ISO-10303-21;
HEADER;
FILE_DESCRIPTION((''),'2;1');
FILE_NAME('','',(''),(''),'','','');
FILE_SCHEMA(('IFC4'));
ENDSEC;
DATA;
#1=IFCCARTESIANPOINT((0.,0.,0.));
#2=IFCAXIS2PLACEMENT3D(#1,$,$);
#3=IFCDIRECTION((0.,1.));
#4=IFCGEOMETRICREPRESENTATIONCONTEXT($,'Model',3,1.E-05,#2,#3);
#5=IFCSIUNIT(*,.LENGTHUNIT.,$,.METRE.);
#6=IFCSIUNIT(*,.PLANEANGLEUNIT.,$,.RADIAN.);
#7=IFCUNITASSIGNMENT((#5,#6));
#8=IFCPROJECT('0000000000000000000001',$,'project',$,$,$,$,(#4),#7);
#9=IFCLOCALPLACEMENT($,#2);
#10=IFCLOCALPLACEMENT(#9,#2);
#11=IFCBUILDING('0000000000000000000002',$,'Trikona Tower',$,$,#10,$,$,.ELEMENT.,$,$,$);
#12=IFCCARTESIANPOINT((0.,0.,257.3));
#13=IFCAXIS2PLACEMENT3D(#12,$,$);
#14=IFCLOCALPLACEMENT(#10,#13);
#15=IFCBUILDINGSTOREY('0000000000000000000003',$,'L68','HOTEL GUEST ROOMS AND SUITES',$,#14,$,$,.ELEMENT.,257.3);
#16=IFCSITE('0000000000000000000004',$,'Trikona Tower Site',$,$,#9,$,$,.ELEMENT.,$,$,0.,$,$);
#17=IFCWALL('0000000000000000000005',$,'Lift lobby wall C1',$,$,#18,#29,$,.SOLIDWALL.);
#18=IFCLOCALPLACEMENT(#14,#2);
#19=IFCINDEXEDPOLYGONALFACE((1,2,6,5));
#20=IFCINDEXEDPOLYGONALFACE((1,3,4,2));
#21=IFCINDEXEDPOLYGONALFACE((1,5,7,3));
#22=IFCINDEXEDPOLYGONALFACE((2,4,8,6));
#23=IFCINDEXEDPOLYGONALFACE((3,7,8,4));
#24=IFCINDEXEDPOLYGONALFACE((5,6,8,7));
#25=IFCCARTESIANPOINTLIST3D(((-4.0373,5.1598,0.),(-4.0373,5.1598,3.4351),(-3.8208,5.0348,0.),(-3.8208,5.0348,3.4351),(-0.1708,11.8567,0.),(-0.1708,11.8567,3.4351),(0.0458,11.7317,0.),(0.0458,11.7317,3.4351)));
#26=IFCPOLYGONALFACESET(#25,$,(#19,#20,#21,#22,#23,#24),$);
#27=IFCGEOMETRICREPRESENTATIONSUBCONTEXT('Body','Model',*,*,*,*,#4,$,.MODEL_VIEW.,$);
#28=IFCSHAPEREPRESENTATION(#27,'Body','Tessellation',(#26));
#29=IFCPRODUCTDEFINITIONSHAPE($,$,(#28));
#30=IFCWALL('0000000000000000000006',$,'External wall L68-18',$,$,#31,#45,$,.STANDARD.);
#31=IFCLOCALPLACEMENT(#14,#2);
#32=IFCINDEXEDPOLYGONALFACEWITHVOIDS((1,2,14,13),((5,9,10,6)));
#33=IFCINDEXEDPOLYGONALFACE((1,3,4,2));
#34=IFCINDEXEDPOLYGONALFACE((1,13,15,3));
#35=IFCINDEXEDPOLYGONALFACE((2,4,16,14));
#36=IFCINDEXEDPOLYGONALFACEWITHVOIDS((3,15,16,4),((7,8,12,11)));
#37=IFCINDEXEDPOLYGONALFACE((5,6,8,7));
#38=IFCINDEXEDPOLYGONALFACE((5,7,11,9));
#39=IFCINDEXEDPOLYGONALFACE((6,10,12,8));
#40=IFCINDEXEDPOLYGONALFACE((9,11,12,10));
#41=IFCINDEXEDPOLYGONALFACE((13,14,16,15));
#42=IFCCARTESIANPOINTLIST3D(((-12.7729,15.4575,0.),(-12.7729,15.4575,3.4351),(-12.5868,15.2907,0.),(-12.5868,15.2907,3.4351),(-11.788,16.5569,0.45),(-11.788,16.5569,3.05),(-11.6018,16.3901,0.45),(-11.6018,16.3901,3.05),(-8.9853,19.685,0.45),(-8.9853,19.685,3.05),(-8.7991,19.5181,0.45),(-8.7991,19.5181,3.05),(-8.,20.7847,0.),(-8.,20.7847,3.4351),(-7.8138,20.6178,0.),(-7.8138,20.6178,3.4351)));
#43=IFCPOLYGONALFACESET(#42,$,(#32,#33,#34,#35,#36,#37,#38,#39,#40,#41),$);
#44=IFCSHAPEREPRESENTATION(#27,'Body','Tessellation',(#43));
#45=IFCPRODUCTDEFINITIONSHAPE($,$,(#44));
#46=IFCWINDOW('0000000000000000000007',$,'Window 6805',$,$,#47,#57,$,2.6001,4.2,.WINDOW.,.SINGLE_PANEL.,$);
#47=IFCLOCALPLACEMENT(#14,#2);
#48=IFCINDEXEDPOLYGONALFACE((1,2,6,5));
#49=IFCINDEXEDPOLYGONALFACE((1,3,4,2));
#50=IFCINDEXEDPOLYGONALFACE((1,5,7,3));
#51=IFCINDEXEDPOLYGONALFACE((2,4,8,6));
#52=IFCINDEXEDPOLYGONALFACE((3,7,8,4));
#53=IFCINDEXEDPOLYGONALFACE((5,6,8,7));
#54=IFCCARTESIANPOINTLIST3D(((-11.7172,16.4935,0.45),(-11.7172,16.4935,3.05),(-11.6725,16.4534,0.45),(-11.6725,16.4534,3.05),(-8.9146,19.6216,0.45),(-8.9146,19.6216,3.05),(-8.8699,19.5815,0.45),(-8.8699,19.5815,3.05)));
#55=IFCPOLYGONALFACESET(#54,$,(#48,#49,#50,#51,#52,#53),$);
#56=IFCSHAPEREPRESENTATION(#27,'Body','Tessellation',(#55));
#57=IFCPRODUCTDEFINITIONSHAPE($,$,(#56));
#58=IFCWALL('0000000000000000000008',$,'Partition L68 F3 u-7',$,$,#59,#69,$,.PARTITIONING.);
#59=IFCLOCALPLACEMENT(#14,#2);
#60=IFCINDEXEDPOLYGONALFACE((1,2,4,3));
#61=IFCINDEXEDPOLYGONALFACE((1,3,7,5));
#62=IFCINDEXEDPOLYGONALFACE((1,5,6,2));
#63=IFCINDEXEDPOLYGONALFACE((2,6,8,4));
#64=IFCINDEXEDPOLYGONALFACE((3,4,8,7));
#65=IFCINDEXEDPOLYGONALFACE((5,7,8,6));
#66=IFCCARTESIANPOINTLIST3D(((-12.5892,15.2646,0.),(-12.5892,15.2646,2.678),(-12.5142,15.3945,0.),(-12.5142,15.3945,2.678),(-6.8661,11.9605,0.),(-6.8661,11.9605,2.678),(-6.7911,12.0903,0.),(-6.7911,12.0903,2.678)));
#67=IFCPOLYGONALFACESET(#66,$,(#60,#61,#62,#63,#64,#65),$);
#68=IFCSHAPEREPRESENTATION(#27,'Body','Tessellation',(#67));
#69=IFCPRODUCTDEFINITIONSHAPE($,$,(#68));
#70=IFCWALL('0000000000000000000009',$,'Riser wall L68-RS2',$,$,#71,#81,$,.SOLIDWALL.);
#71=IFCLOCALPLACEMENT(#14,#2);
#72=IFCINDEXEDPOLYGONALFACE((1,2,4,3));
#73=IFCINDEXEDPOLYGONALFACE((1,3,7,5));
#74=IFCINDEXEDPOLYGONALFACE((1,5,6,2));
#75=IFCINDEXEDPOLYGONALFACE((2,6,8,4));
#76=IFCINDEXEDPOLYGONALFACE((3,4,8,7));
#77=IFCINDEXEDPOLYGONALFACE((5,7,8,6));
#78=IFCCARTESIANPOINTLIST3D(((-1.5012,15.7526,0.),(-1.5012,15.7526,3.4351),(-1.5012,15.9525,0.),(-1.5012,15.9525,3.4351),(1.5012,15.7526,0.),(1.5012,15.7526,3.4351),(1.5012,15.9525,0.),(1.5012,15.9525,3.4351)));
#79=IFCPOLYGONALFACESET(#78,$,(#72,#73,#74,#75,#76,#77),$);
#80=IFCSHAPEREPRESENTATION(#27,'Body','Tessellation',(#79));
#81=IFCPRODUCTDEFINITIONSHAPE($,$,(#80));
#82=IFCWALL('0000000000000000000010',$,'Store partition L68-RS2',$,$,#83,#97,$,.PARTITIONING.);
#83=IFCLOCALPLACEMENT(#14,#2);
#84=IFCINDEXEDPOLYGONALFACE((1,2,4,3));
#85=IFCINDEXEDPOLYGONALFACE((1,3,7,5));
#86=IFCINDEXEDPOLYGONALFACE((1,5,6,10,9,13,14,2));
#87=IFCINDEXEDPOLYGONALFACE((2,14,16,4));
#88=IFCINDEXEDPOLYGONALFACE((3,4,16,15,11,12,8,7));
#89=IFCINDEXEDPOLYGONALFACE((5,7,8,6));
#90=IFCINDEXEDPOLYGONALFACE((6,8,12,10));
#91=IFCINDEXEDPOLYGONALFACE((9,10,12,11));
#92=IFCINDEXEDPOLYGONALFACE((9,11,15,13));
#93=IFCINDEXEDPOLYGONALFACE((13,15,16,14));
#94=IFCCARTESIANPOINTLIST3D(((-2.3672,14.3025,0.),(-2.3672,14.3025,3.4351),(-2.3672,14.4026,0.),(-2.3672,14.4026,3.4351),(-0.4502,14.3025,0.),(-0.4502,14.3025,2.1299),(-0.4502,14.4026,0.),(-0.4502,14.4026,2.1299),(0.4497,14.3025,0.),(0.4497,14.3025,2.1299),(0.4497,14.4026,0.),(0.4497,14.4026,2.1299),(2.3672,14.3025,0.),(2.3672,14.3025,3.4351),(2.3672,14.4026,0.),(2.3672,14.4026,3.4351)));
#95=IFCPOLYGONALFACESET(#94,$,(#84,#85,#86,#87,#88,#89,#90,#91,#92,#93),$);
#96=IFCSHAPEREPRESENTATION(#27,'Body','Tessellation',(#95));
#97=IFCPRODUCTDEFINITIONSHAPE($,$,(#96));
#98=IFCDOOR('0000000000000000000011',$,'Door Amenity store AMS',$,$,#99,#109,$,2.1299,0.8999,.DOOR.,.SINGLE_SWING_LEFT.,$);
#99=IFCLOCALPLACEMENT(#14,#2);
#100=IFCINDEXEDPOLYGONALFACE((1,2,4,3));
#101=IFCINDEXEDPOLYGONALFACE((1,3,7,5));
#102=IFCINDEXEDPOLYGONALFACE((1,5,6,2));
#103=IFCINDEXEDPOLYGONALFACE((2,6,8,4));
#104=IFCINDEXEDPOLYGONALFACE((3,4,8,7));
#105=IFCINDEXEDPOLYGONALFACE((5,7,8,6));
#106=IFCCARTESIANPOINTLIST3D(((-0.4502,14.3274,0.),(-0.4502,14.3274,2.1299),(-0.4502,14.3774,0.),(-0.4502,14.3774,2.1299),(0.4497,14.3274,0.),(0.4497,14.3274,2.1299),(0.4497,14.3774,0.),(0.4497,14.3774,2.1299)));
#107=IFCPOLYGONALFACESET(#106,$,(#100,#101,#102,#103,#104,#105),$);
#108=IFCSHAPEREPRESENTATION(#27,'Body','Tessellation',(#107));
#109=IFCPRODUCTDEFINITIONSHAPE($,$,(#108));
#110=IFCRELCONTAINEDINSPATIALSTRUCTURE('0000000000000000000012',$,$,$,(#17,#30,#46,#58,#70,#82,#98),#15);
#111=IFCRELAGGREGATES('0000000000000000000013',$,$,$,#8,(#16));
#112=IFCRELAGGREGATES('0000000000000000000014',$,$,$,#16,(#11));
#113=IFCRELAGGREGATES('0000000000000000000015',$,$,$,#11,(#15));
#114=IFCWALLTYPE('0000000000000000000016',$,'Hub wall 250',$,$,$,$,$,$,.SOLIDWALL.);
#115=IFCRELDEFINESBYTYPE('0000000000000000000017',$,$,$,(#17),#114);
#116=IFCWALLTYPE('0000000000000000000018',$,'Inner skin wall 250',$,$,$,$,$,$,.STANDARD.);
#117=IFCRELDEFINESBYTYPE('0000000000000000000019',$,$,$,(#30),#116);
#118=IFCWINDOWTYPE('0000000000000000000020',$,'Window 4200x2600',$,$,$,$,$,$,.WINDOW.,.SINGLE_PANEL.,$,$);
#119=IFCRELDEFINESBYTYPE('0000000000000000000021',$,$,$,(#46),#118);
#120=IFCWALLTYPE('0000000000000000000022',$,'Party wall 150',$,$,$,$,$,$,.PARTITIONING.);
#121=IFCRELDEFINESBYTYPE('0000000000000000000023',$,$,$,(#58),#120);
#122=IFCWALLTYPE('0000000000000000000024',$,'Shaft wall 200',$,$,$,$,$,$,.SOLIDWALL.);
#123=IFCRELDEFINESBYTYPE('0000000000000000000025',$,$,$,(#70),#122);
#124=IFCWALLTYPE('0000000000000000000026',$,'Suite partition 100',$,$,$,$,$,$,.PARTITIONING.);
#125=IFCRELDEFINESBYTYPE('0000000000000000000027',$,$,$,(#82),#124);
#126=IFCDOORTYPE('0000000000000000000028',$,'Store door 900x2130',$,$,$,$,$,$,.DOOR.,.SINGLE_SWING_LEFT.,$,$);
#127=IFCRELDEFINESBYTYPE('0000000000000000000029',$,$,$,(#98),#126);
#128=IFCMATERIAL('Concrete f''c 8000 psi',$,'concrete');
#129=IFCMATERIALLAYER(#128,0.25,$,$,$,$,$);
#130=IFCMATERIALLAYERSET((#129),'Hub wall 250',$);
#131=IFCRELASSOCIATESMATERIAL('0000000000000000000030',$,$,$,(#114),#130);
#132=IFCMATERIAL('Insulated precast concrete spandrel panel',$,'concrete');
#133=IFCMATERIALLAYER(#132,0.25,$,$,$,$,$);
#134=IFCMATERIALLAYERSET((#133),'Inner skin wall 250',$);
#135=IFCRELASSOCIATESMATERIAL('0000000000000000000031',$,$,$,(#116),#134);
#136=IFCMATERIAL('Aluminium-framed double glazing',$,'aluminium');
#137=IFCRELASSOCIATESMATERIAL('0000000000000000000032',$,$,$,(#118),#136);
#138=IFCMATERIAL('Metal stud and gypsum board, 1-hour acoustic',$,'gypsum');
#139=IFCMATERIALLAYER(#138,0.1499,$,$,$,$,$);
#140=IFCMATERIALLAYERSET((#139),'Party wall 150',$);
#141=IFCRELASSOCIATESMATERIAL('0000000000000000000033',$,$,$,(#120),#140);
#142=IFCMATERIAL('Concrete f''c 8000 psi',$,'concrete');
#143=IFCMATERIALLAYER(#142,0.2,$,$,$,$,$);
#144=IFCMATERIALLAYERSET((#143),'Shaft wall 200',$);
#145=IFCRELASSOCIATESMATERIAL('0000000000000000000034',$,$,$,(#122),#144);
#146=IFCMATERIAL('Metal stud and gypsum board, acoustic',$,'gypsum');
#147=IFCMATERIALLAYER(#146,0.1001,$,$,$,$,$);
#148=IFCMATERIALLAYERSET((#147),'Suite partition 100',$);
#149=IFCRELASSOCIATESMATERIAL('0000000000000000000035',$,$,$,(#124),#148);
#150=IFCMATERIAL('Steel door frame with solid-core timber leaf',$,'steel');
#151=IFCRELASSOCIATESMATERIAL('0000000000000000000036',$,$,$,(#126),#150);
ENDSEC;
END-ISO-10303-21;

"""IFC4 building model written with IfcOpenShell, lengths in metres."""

from ifc_helpers import new_model, si_unit, direction, frame, frame_2d, origin, place, context, subcontext, project, spatial, rectangle, extrude, material, layer, layer_set, type_object, element, fill, save


model = new_model("IFC4")

# Units and contexts
model_context = context("Model", 3, precision=1e-05, world=origin(), true_north=direction((0.0, 1.0)))
body_context = subcontext(model_context, "Body", "Model", "MODEL_VIEW")
ifc_project = project(units=[si_unit("LENGTHUNIT", "METRE"), si_unit("PLANEANGLEUNIT", "RADIAN")], contexts=[model_context])

# Site, building, storey
site_placement = place(None, origin())
site = spatial("IfcSite", under=ifc_project, at=site_placement, Name="Trikona Tower Site", CompositionType="ELEMENT", RefElevation=0.0)
building_placement = place(site_placement, origin())
building = spatial("IfcBuilding", under=site, at=building_placement, Name="Trikona Tower", CompositionType="ELEMENT")
storey_placement = place(building_placement, frame((0.0, 0.0, 257.3)))
storey = spatial("IfcBuildingStorey", under=building, at=storey_placement, Name="L68", Description="HOTEL GUEST ROOMS AND SUITES", CompositionType="ELEMENT", Elevation=257.3)

# Wall
ifc_material_1 = material(Name="Concrete f'c 8000 psi", Category="concrete")
ifc_layer_1 = layer(ifc_material_1, 0.25)
ifc_layer_set_1 = layer_set([ifc_layer_1], Name="Hub wall 250")
wall_type_1 = type_object("IfcWallType", Name="Hub wall 250", PredefinedType="SOLIDWALL", material=ifc_layer_set_1)
wall_1_placement = place(storey_placement, frame((-0.0625, 11.7942, 0.0), z_axis=(0.0, 0.0, 1.0), x_axis=(-0.500007, -0.866022, 0.0)))
element("IfcWall", 1, at=wall_1_placement, inside=storey, type_object=wall_type_1, Name="Lift lobby wall C1", PredefinedType="SOLIDWALL", context=body_context, shape_type="SweptSolid", body=[
    extrude(rectangle(XDim=7.7329, YDim=0.25, at=frame_2d((3.8665, 0.0))), origin(), (0.0, 0.0, 1.0), 3.4351),
])

# Wall, opening, window
ifc_material_2 = material(Name="Insulated precast concrete spandrel panel", Category="concrete")
ifc_layer_2 = layer(ifc_material_2, 0.25)
ifc_layer_set_2 = layer_set([ifc_layer_2], Name="Inner skin wall 250")
wall_type_2 = type_object("IfcWallType", Name="Inner skin wall 250", PredefinedType="STANDARD", material=ifc_layer_set_2)
wall_2_placement = place(storey_placement, frame((-7.907, 20.7012, 0.0), z_axis=(0.0, 0.0, 1.0), x_axis=(-0.667304, -0.744786, 0.0)))
wall_2 = element("IfcWall", 2, at=wall_2_placement, inside=storey, type_object=wall_type_2, Name="External wall L68-18", PredefinedType="STANDARD", context=body_context, shape_type="SweptSolid", body=[
    extrude(rectangle(XDim=7.1526, YDim=0.25, at=frame_2d((3.5762, 0.0))), origin(), (0.0, 0.0, 1.0), 3.4351),
])
opening_1_placement = place(wall_2_placement, frame((1.4763, 0.0, 0.45)))
opening_1 = element("IfcOpeningElement", 3, at=opening_1_placement, cuts=wall_2, PredefinedType="OPENING", context=body_context, shape_type="SweptSolid", body=[
    extrude(rectangle(XDim=4.2, YDim=2.6001, at=frame_2d((2.1001, 1.3))), frame((0.0, 0.135, 0.0), z_axis=(0.0, -1.0, 0.0), x_axis=(1.0, 0.0, 0.0)), (0.0, 0.0, 1.0), 0.27),
])
ifc_material_3 = material(Name="Aluminium-framed double glazing", Category="aluminium")
window_type_1 = type_object("IfcWindowType", Name="Window 4200x2600", PartitioningType="SINGLE_PANEL", PredefinedType="WINDOW", material=ifc_material_3)
window_1_placement = place(opening_1_placement, origin())
window_1 = element("IfcWindow", 4, at=window_1_placement, inside=storey, type_object=window_type_1, Name="Window 6805", OverallHeight=2.6001, OverallWidth=4.2, PartitioningType="SINGLE_PANEL", PredefinedType="WINDOW", context=body_context, shape_type="SweptSolid", body=[
    extrude(rectangle(XDim=4.2, YDim=2.6001, at=frame_2d((2.1001, 1.3))), frame((0.0, 0.03, 0.0), z_axis=(0.0, -1.0, 0.0), x_axis=(1.0, 0.0, 0.0)), (0.0, 0.0, 1.0), 0.0601),
])
fill(opening_1, window_1)

# Walls
ifc_material_4 = material(Name="Metal stud and gypsum board, 1-hour acoustic", Category="gypsum")
ifc_layer_3 = layer(ifc_material_4, 0.1499)
ifc_layer_set_3 = layer_set([ifc_layer_3], Name="Party wall 150")
wall_type_3 = type_object("IfcWallType", Name="Party wall 150", PredefinedType="PARTITIONING", material=ifc_layer_set_3)
wall_3_placement = place(storey_placement, frame((-6.8286, 12.0254, 0.0), z_axis=(0.0, 0.0, 1.0), x_axis=(-0.866029, 0.499993, 0.0)))
element("IfcWall", 5, at=wall_3_placement, inside=storey, type_object=wall_type_3, Name="Partition L68 F3 u-7", PredefinedType="PARTITIONING", context=body_context, shape_type="SweptSolid", body=[
    extrude(rectangle(XDim=6.6084, YDim=0.1499, at=frame_2d((3.3042, 0.0))), origin(), (0.0, 0.0, 1.0), 2.678),
])
ifc_material_5 = material(Name="Concrete f'c 8000 psi", Category="concrete")
ifc_layer_4 = layer(ifc_material_5, 0.2)
ifc_layer_set_4 = layer_set([ifc_layer_4], Name="Shaft wall 200")
wall_type_4 = type_object("IfcWallType", Name="Shaft wall 200", PredefinedType="SOLIDWALL", material=ifc_layer_set_4)
wall_4_placement = place(storey_placement, frame((-1.5012, 15.8525, 0.0), z_axis=(0.0, 0.0, 1.0), x_axis=(1.0, 0.0, 0.0)))
element("IfcWall", 6, at=wall_4_placement, inside=storey, type_object=wall_type_4, Name="Riser wall L68-RS2", PredefinedType="SOLIDWALL", context=body_context, shape_type="SweptSolid", body=[
    extrude(rectangle(XDim=3.0024, YDim=0.2, at=frame_2d((1.5012, 0.0))), origin(), (0.0, 0.0, 1.0), 3.4351),
])

# Wall, opening, door
ifc_material_6 = material(Name="Metal stud and gypsum board, acoustic", Category="gypsum")
ifc_layer_5 = layer(ifc_material_6, 0.1001)
ifc_layer_set_5 = layer_set([ifc_layer_5], Name="Suite partition 100")
wall_type_5 = type_object("IfcWallType", Name="Suite partition 100", PredefinedType="PARTITIONING", material=ifc_layer_set_5)
wall_5_placement = place(storey_placement, frame((-2.3672, 14.3525, 0.0), z_axis=(0.0, 0.0, 1.0), x_axis=(1.0, 0.0, 0.0)))
wall_5 = element("IfcWall", 7, at=wall_5_placement, inside=storey, type_object=wall_type_5, Name="Store partition L68-RS2", PredefinedType="PARTITIONING", context=body_context, shape_type="SweptSolid", body=[
    extrude(rectangle(XDim=4.7344, YDim=0.1001, at=frame_2d((2.3672, 0.0))), origin(), (0.0, 0.0, 1.0), 3.4351),
])
opening_2_placement = place(wall_5_placement, frame((1.917, 0.0, 0.0)))
opening_2 = element("IfcOpeningElement", 8, at=opening_2_placement, cuts=wall_5, PredefinedType="OPENING", context=body_context, shape_type="SweptSolid", body=[
    extrude(rectangle(XDim=0.8999, YDim=2.1299, at=frame_2d((0.45, 1.0649))), frame((0.0, 0.0601, 0.0), z_axis=(0.0, -1.0, 0.0), x_axis=(1.0, 0.0, 0.0)), (0.0, 0.0, 1.0), 0.1201),
])
ifc_material_7 = material(Name="Steel door frame with solid-core timber leaf", Category="steel")
door_type_1 = type_object("IfcDoorType", Name="Store door 900x2130", OperationType="SINGLE_SWING_LEFT", PredefinedType="DOOR", material=ifc_material_7)
door_1_placement = place(opening_2_placement, origin())
door_1 = element("IfcDoor", 9, at=door_1_placement, inside=storey, type_object=door_type_1, Name="Door Amenity store AMS", OperationType="SINGLE_SWING_LEFT", OverallHeight=2.1299, OverallWidth=0.8999, PredefinedType="DOOR", context=body_context, shape_type="SweptSolid", body=[
    extrude(rectangle(XDim=0.8999, YDim=2.1299, at=frame_2d((0.45, 1.0649))), frame((0.0, 0.0249, 0.0), z_axis=(0.0, -1.0, 0.0), x_axis=(1.0, 0.0, 0.0)), (0.0, 0.0, 1.0), 0.05),
])
fill(opening_2, door_1)

save(model, "model.ifc")
